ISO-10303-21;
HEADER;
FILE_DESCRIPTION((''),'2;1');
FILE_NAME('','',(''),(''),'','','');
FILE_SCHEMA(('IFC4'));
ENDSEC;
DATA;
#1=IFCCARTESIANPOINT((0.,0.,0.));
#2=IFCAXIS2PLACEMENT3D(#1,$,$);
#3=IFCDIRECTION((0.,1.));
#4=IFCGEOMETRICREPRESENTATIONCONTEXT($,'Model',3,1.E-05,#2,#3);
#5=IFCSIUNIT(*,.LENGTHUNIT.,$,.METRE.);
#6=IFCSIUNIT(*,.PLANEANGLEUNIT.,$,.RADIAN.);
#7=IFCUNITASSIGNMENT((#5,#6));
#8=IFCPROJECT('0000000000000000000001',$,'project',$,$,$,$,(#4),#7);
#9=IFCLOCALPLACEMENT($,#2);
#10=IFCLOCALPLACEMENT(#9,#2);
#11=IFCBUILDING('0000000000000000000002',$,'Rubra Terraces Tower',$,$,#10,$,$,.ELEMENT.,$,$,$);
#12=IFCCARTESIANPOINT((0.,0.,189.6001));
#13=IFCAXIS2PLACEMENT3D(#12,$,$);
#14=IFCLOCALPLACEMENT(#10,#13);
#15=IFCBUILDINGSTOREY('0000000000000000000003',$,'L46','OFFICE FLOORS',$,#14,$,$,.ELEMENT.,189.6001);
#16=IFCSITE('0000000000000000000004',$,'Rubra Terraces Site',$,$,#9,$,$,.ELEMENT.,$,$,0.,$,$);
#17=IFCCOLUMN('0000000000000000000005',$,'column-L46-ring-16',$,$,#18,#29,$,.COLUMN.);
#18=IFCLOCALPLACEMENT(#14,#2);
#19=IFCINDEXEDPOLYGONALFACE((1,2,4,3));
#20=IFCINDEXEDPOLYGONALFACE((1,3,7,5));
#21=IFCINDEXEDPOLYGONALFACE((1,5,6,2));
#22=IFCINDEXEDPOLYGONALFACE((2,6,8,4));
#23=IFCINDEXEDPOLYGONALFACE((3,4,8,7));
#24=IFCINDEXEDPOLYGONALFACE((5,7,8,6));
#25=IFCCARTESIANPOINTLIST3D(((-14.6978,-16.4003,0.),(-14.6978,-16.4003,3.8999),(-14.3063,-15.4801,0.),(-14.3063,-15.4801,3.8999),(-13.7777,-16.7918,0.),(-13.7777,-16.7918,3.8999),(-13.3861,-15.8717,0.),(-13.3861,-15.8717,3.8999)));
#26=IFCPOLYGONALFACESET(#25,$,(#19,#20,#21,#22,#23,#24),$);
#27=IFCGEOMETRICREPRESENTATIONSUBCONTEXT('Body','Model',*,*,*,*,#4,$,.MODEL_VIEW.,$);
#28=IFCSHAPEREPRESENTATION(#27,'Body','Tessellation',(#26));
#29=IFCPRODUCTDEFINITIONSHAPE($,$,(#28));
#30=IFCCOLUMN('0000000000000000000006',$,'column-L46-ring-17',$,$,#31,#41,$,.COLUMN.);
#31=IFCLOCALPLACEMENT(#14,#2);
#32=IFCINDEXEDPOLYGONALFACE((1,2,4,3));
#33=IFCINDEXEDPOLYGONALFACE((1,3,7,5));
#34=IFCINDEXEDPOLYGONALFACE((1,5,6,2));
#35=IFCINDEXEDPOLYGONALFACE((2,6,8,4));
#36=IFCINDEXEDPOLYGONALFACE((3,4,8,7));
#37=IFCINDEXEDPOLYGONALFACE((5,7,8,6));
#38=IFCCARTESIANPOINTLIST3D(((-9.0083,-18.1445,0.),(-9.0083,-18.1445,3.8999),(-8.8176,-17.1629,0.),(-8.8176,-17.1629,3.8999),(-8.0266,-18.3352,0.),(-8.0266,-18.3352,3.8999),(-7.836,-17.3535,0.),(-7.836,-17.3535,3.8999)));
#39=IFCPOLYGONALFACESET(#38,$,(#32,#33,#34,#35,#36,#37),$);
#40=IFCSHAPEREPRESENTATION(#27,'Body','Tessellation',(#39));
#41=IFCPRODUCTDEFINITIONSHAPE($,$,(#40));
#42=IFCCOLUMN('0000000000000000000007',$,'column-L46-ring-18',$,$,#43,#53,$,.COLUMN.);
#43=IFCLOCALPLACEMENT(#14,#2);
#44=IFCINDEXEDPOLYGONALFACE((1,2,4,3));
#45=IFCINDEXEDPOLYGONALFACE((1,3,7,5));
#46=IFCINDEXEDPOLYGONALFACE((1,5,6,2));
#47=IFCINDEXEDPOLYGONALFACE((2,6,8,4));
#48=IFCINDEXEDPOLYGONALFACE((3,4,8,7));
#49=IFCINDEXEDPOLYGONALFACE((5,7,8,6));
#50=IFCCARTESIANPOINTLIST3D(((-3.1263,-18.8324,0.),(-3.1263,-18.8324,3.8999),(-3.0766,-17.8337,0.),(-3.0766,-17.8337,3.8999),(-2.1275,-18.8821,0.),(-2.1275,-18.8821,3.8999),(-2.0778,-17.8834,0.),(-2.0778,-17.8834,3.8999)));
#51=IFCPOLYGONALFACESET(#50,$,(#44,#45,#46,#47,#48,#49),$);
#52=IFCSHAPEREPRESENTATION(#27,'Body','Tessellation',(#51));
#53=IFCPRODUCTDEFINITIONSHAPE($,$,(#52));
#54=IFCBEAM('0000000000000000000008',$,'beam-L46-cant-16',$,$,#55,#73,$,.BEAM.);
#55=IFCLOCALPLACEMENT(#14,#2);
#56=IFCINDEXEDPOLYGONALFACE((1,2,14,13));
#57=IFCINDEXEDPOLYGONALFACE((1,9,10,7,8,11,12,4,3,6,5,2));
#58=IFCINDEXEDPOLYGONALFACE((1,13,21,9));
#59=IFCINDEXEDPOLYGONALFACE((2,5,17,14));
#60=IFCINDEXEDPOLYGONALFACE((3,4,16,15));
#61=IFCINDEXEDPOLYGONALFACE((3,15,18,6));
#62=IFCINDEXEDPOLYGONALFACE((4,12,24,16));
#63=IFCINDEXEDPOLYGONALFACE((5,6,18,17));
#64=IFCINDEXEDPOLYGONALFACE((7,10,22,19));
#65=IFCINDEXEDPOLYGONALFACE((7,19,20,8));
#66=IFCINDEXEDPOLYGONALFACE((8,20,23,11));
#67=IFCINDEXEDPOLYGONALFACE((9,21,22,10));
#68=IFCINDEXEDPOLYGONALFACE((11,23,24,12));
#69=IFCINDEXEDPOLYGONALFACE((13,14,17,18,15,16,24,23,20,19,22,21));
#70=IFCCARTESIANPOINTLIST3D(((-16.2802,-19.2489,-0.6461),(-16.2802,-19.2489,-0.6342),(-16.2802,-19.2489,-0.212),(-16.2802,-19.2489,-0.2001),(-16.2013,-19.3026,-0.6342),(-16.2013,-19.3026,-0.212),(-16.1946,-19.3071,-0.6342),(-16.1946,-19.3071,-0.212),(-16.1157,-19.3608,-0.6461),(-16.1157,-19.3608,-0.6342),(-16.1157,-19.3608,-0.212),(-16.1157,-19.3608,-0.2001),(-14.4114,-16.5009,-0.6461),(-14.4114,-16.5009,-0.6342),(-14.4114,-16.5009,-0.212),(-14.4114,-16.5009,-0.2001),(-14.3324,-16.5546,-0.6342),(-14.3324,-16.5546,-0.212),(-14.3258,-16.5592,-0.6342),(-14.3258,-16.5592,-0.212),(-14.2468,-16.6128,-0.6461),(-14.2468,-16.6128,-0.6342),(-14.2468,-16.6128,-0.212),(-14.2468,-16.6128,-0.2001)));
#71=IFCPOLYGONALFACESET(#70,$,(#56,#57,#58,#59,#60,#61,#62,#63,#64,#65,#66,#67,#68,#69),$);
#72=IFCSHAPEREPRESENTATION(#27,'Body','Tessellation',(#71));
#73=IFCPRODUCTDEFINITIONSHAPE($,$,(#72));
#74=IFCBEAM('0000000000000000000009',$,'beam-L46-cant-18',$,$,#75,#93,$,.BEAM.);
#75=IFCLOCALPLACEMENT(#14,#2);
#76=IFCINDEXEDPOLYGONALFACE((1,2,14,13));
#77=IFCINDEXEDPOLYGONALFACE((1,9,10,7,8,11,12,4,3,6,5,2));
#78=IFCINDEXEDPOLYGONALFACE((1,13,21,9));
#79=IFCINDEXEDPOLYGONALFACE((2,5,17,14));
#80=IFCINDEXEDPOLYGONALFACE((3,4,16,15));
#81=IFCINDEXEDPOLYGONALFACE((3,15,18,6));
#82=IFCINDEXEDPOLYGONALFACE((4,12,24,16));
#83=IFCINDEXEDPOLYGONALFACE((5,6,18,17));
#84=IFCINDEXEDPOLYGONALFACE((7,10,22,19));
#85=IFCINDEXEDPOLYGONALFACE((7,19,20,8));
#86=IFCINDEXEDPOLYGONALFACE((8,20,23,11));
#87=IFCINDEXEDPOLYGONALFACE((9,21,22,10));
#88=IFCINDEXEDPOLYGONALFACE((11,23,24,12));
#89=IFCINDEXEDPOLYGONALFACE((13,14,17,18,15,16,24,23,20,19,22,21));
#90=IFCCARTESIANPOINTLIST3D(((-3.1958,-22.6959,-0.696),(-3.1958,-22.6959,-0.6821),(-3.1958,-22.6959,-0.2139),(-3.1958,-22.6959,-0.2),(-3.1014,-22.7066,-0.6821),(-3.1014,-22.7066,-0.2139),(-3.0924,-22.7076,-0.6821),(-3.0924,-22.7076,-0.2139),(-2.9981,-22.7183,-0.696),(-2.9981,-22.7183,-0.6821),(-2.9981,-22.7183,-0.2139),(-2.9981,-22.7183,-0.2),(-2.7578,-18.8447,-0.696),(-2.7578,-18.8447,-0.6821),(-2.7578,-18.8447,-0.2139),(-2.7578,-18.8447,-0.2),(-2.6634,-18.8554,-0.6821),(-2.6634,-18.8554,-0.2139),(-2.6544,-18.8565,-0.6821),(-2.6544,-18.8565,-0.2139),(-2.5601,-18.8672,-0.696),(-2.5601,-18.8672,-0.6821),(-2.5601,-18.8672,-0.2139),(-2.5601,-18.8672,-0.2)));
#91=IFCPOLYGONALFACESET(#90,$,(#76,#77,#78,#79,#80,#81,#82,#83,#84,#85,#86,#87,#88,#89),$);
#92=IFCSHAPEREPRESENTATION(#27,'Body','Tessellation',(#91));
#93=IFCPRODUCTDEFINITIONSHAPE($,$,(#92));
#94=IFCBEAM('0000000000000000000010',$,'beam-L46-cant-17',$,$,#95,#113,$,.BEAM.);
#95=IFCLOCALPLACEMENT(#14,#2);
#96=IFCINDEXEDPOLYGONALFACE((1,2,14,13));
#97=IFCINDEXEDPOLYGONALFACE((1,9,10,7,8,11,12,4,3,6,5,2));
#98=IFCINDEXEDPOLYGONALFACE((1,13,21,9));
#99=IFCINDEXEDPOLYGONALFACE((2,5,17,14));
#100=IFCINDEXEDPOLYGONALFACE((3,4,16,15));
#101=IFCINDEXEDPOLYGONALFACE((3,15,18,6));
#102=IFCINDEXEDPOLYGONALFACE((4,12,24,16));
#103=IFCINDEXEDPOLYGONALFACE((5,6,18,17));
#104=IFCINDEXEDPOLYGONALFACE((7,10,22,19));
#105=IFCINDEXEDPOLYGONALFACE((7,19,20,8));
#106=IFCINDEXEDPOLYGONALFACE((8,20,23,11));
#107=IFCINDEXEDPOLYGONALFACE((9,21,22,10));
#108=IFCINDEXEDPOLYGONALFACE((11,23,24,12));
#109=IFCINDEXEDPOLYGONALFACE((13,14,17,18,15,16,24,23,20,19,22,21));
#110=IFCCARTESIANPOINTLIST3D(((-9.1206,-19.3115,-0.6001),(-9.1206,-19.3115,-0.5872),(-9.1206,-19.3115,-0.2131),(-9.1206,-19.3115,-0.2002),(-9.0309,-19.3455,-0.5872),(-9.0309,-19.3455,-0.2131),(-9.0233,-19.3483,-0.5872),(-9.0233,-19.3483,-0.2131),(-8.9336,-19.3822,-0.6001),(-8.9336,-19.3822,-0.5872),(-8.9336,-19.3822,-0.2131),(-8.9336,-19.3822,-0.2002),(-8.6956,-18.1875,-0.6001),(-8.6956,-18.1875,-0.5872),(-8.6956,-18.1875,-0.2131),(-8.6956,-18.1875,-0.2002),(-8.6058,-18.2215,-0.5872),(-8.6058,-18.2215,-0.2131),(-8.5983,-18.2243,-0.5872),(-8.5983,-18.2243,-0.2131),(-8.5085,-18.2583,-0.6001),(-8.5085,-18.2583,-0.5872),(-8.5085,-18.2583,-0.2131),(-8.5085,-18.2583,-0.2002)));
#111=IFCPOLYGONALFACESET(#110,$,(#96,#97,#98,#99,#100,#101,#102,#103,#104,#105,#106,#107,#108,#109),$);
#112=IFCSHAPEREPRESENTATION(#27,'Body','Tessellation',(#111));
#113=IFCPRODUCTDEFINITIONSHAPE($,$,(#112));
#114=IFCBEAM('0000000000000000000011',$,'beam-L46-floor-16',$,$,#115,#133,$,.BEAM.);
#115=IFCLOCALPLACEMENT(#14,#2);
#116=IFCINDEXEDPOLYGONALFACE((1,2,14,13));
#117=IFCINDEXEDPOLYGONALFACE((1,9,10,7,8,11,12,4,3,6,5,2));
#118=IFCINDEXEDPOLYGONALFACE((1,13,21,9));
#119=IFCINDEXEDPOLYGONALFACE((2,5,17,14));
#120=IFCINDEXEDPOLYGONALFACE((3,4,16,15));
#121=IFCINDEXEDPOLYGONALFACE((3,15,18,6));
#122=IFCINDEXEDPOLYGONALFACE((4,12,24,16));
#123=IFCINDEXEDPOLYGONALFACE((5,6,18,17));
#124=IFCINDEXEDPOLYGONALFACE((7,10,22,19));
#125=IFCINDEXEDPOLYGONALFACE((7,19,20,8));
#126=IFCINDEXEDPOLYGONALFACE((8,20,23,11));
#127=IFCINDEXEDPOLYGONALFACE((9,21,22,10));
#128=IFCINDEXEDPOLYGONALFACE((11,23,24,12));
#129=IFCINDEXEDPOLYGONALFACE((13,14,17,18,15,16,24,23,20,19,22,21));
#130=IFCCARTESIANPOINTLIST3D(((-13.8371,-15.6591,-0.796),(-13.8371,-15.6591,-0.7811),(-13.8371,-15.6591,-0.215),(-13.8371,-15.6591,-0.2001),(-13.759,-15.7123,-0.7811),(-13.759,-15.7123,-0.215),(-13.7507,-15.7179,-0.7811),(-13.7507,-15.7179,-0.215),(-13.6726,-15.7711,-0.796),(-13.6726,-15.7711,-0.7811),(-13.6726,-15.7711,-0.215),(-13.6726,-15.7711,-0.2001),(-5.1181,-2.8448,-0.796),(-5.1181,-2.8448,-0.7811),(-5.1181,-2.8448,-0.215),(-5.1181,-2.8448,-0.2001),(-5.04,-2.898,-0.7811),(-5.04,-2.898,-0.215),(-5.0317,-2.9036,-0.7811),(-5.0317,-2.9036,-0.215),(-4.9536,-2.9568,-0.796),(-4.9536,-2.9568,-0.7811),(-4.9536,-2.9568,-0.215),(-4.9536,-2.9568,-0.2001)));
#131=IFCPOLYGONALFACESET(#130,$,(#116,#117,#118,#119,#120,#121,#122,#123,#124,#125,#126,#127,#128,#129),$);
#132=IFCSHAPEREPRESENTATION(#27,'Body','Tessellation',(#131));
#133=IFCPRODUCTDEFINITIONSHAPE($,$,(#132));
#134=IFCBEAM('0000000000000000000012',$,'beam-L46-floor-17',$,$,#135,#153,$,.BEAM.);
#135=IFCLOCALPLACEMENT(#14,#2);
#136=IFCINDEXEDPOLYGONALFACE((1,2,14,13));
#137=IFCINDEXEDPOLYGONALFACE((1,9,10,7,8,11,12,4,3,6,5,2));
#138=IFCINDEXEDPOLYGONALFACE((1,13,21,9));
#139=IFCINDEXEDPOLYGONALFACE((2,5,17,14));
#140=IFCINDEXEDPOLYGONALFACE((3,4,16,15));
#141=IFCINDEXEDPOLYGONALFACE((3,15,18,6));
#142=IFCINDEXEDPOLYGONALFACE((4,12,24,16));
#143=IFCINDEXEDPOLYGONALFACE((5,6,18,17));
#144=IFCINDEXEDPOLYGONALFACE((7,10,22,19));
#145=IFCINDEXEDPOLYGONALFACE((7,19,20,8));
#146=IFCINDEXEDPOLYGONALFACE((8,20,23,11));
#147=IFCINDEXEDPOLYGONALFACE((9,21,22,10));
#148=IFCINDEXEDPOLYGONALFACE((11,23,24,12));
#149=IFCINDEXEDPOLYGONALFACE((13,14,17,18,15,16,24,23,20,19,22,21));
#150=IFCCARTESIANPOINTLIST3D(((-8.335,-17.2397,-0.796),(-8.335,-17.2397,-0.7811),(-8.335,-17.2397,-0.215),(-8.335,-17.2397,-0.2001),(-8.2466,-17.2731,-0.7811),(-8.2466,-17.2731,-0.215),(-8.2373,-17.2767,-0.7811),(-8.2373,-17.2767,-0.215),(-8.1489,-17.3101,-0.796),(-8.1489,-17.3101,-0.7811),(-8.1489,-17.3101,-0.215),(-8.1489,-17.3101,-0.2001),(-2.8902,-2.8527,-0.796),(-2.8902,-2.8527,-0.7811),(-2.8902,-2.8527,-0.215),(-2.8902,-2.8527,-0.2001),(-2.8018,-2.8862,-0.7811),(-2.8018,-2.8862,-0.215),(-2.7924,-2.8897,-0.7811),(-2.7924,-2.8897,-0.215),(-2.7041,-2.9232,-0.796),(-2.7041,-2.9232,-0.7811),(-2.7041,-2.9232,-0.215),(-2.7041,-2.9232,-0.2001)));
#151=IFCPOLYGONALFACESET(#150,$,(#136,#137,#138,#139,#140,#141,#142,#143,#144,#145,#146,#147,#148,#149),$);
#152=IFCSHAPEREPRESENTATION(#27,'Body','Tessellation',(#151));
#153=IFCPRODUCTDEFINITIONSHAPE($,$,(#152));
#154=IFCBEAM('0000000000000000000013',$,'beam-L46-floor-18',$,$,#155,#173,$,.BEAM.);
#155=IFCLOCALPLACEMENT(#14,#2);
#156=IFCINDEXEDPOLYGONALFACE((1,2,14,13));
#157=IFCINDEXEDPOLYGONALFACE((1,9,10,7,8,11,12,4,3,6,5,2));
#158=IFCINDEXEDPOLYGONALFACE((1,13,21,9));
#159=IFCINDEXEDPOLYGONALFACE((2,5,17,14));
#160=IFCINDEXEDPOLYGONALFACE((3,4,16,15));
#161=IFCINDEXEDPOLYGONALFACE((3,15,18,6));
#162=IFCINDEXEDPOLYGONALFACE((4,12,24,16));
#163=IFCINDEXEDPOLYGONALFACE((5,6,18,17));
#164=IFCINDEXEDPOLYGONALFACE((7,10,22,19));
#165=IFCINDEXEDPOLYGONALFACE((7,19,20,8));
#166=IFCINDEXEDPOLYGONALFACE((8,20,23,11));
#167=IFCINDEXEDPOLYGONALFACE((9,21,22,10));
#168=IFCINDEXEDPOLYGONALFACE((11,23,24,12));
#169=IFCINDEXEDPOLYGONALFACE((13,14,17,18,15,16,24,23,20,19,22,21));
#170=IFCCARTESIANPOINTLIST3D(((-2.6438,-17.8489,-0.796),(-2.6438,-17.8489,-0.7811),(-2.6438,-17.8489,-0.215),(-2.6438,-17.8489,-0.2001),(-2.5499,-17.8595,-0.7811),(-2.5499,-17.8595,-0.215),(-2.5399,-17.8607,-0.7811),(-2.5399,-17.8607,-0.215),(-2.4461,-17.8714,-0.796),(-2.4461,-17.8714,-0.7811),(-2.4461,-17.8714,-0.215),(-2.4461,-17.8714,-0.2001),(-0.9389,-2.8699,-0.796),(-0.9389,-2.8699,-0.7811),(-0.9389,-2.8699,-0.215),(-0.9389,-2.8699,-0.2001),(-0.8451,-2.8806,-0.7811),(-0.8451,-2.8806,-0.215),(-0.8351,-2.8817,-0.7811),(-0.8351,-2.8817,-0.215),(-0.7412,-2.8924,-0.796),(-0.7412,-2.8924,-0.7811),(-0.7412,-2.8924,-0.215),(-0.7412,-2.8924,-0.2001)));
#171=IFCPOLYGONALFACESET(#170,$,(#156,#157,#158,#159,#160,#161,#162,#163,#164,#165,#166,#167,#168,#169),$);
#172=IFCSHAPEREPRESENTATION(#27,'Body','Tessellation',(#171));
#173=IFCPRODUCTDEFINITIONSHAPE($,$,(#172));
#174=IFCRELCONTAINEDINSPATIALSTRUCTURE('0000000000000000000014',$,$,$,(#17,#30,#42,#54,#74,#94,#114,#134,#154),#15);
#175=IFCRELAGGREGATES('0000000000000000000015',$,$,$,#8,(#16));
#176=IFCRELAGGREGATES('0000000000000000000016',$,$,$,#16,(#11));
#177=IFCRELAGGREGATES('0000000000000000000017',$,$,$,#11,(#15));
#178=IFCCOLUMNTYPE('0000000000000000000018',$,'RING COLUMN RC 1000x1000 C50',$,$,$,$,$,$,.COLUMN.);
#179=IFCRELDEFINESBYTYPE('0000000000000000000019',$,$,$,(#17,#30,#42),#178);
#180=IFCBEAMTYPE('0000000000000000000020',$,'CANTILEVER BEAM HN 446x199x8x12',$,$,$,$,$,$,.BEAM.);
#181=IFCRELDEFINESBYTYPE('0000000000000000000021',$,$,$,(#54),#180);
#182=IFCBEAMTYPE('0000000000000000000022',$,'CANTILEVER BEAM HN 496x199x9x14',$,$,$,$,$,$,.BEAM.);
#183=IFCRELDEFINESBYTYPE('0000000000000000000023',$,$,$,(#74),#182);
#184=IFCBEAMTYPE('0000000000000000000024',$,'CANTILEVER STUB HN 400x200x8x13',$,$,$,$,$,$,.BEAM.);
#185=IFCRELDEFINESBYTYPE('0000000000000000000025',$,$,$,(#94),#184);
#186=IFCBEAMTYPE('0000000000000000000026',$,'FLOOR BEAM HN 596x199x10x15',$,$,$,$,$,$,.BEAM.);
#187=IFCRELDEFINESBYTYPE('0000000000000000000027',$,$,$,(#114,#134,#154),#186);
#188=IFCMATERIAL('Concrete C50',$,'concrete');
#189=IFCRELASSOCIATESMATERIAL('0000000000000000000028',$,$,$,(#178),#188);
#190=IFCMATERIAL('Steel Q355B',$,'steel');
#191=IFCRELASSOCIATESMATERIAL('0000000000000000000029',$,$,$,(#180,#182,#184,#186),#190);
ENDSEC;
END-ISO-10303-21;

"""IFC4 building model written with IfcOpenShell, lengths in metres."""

from ifc_helpers import new_model, si_unit, direction, frame, origin, origin_2d, place, context, subcontext, project, spatial, rectangle, i_section, extrude, material, material_profile, profile_set, type_object, element, save


model = new_model("IFC4")

# Units and contexts
model_context = context("Model", 3, precision=1e-05, world=origin(), true_north=direction((0.0, 1.0)))
body_context = subcontext(model_context, "Body", "Model", "MODEL_VIEW")
ifc_project = project(units=[si_unit("LENGTHUNIT", "METRE"), si_unit("PLANEANGLEUNIT", "RADIAN")], contexts=[model_context])

# Site, building, storey
site_placement = place(None, origin())
site = spatial("IfcSite", under=ifc_project, at=site_placement, Name="Rubra Terraces Site", CompositionType="ELEMENT", RefElevation=0.0)
building_placement = place(site_placement, origin())
building = spatial("IfcBuilding", under=site, at=building_placement, Name="Rubra Terraces Tower", CompositionType="ELEMENT")
storey_placement = place(building_placement, frame((0.0, 0.0, 189.6001)))
storey = spatial("IfcBuildingStorey", under=building, at=storey_placement, Name="L46", Description="OFFICE FLOORS", CompositionType="ELEMENT", Elevation=189.6001)

# Columns
ifc_material_1 = material(Name="Concrete C50", Category="concrete")
ifc_material_profile_1 = material_profile(ifc_material_1, rectangle(XDim=1.0, YDim=1.0, at=origin_2d()), Name="RC 1000x1000")
ifc_profile_set_1 = profile_set([ifc_material_profile_1], Name="Concrete C50")
column_type = type_object("IfcColumnType", Name="RING COLUMN RC 1000x1000 C50", PredefinedType="COLUMN", material=ifc_profile_set_1)
for number, where, z_axis, x_axis, name in (
    (1, (-14.042, -16.136, 0.0), (0.0, 0.0, 1.0), (0.920168, -0.391524, 0.0), "column-L46-ring-16"),
    (2, (-8.4221, -17.749, 0.0), (0.0, 0.0, 1.0), (0.981655, -0.190668, 0.0), "column-L46-ring-17"),
    (3, (-2.6021, -18.3579, 0.0), (0.0, 0.0, 1.0), (0.998764, -0.049699, 0.0), "column-L46-ring-18"),
):
    element("IfcColumn", number, at=place(storey_placement, frame(where, z_axis=z_axis, x_axis=x_axis)), inside=storey, type_object=column_type, Name=name, PredefinedType="COLUMN", context=body_context, shape_type="SweptSolid", body=[
        extrude(rectangle(XDim=1.0, YDim=1.0, at=origin_2d()), origin(), (0.0, 0.0, 1.0), 3.8999),
    ])

# Beams
ifc_material_2 = material(Name="Steel Q355B", Category="steel")
ifc_material_profile_2 = material_profile(ifc_material_2, i_section(OverallWidth=0.199, OverallDepth=0.446, WebThickness=0.0081, FlangeThickness=0.012, at=origin_2d()), Name="HN 446x199x8x12")
ifc_profile_set_2 = profile_set([ifc_material_profile_2], Name="Steel Q355B")
beam_type_1 = type_object("IfcBeamType", Name="CANTILEVER BEAM HN 446x199x8x12", PredefinedType="BEAM", material=ifc_profile_set_2)
beam_1_placement = place(storey_placement, frame((-14.3291, -16.5569, -0.4231), z_axis=(-0.562356, -0.826895, 0.0), x_axis=(0.826895, -0.562356, 0.0)))
element("IfcBeam", 4, at=beam_1_placement, inside=storey, type_object=beam_type_1, Name="beam-L46-cant-16", PredefinedType="BEAM", context=body_context, shape_type="SweptSolid", body=[
    extrude(i_section(OverallWidth=0.199, OverallDepth=0.446, WebThickness=0.0081, FlangeThickness=0.012, at=origin_2d()), origin(), (0.0, 0.0, 1.0), 3.3232),
])
ifc_material_profile_3 = material_profile(ifc_material_2, i_section(OverallWidth=0.199, OverallDepth=0.4961, WebThickness=0.009, FlangeThickness=0.0139, at=origin_2d()), Name="HN 496x199x9x14")
ifc_profile_set_3 = profile_set([ifc_material_profile_3], Name="Steel Q355B")
beam_type_2 = type_object("IfcBeamType", Name="CANTILEVER BEAM HN 496x199x9x14", PredefinedType="BEAM", material=ifc_profile_set_3)
beam_2_placement = place(storey_placement, frame((-2.6589, -18.856, -0.448), z_axis=(-0.113003, -0.993595, 0.0), x_axis=(0.993595, -0.113003, 0.0)))
element("IfcBeam", 5, at=beam_2_placement, inside=storey, type_object=beam_type_2, Name="beam-L46-cant-18", PredefinedType="BEAM", context=body_context, shape_type="SweptSolid", body=[
    extrude(i_section(OverallWidth=0.199, OverallDepth=0.4961, WebThickness=0.009, FlangeThickness=0.0139, at=origin_2d()), origin(), (0.0, 0.0, 1.0), 3.876),
])
ifc_material_profile_4 = material_profile(ifc_material_2, i_section(OverallWidth=0.2, OverallDepth=0.3999, WebThickness=0.0081, FlangeThickness=0.0129, at=origin_2d()), Name="HN 400x200x8x13")
ifc_profile_set_4 = profile_set([ifc_material_profile_4], Name="Steel Q355B")
beam_type_3 = type_object("IfcBeamType", Name="CANTILEVER STUB HN 400x200x8x13", PredefinedType="BEAM", material=ifc_profile_set_4)
beam_3_placement = place(storey_placement, frame((-8.6021, -18.2229, -0.4001), z_axis=(-0.353705, -0.935357, 0.0), x_axis=(0.935357, -0.353705, 0.0)))
element("IfcBeam", 6, at=beam_3_placement, inside=storey, type_object=beam_type_3, Name="beam-L46-cant-17", PredefinedType="BEAM", context=body_context, shape_type="SweptSolid", body=[
    extrude(i_section(OverallWidth=0.2, OverallDepth=0.3999, WebThickness=0.0081, FlangeThickness=0.0129, at=origin_2d()), origin(), (0.0, 0.0, 1.0), 1.2017),
])
ifc_material_profile_5 = material_profile(ifc_material_2, i_section(OverallWidth=0.199, OverallDepth=0.5959, WebThickness=0.01, FlangeThickness=0.0149, at=origin_2d()), Name="HN 596x199x10x15")
ifc_profile_set_5 = profile_set([ifc_material_profile_5], Name="Steel Q355B")
beam_type_4 = type_object("IfcBeamType", Name="FLOOR BEAM HN 596x199x10x15", PredefinedType="BEAM", material=ifc_profile_set_5)
beam_4_placement = place(storey_placement, frame((-13.7549, -15.7151, -0.498), z_axis=(0.562545, 0.826767, 0.0), x_axis=(-0.826767, 0.562545, 0.0)))
element("IfcBeam", 7, at=beam_4_placement, inside=storey, type_object=beam_type_4, Name="beam-L46-floor-16", PredefinedType="BEAM", context=body_context, shape_type="SweptSolid", body=[
    extrude(i_section(OverallWidth=0.199, OverallDepth=0.5959, WebThickness=0.01, FlangeThickness=0.0149, at=origin_2d()), origin(), (0.0, 0.0, 1.0), 15.4993),
])
beam_5_placement = place(storey_placement, frame((-8.2419, -17.2749, -0.498), z_axis=(0.353955, 0.935262, 0.0), x_axis=(-0.935262, 0.353955, 0.0)))
element("IfcBeam", 8, at=beam_5_placement, inside=storey, type_object=beam_type_4, Name="beam-L46-floor-17", PredefinedType="BEAM", context=body_context, shape_type="SweptSolid", body=[
    extrude(i_section(OverallWidth=0.199, OverallDepth=0.5959, WebThickness=0.01, FlangeThickness=0.0149, at=origin_2d()), origin(), (0.0, 0.0, 1.0), 15.3828),
])
beam_6_placement = place(storey_placement, frame((-2.5449, -17.8601, -0.498), z_axis=(0.113085, 0.993585, 0.0), x_axis=(-0.993585, 0.113085, 0.0)))
element("IfcBeam", 9, at=beam_6_placement, inside=storey, type_object=beam_type_4, Name="beam-L46-floor-18", PredefinedType="BEAM", context=body_context, shape_type="SweptSolid", body=[
    extrude(i_section(OverallWidth=0.199, OverallDepth=0.5959, WebThickness=0.01, FlangeThickness=0.0149, at=origin_2d()), origin(), (0.0, 0.0, 1.0), 15.0757),
])

save(model, "model.ifc")
